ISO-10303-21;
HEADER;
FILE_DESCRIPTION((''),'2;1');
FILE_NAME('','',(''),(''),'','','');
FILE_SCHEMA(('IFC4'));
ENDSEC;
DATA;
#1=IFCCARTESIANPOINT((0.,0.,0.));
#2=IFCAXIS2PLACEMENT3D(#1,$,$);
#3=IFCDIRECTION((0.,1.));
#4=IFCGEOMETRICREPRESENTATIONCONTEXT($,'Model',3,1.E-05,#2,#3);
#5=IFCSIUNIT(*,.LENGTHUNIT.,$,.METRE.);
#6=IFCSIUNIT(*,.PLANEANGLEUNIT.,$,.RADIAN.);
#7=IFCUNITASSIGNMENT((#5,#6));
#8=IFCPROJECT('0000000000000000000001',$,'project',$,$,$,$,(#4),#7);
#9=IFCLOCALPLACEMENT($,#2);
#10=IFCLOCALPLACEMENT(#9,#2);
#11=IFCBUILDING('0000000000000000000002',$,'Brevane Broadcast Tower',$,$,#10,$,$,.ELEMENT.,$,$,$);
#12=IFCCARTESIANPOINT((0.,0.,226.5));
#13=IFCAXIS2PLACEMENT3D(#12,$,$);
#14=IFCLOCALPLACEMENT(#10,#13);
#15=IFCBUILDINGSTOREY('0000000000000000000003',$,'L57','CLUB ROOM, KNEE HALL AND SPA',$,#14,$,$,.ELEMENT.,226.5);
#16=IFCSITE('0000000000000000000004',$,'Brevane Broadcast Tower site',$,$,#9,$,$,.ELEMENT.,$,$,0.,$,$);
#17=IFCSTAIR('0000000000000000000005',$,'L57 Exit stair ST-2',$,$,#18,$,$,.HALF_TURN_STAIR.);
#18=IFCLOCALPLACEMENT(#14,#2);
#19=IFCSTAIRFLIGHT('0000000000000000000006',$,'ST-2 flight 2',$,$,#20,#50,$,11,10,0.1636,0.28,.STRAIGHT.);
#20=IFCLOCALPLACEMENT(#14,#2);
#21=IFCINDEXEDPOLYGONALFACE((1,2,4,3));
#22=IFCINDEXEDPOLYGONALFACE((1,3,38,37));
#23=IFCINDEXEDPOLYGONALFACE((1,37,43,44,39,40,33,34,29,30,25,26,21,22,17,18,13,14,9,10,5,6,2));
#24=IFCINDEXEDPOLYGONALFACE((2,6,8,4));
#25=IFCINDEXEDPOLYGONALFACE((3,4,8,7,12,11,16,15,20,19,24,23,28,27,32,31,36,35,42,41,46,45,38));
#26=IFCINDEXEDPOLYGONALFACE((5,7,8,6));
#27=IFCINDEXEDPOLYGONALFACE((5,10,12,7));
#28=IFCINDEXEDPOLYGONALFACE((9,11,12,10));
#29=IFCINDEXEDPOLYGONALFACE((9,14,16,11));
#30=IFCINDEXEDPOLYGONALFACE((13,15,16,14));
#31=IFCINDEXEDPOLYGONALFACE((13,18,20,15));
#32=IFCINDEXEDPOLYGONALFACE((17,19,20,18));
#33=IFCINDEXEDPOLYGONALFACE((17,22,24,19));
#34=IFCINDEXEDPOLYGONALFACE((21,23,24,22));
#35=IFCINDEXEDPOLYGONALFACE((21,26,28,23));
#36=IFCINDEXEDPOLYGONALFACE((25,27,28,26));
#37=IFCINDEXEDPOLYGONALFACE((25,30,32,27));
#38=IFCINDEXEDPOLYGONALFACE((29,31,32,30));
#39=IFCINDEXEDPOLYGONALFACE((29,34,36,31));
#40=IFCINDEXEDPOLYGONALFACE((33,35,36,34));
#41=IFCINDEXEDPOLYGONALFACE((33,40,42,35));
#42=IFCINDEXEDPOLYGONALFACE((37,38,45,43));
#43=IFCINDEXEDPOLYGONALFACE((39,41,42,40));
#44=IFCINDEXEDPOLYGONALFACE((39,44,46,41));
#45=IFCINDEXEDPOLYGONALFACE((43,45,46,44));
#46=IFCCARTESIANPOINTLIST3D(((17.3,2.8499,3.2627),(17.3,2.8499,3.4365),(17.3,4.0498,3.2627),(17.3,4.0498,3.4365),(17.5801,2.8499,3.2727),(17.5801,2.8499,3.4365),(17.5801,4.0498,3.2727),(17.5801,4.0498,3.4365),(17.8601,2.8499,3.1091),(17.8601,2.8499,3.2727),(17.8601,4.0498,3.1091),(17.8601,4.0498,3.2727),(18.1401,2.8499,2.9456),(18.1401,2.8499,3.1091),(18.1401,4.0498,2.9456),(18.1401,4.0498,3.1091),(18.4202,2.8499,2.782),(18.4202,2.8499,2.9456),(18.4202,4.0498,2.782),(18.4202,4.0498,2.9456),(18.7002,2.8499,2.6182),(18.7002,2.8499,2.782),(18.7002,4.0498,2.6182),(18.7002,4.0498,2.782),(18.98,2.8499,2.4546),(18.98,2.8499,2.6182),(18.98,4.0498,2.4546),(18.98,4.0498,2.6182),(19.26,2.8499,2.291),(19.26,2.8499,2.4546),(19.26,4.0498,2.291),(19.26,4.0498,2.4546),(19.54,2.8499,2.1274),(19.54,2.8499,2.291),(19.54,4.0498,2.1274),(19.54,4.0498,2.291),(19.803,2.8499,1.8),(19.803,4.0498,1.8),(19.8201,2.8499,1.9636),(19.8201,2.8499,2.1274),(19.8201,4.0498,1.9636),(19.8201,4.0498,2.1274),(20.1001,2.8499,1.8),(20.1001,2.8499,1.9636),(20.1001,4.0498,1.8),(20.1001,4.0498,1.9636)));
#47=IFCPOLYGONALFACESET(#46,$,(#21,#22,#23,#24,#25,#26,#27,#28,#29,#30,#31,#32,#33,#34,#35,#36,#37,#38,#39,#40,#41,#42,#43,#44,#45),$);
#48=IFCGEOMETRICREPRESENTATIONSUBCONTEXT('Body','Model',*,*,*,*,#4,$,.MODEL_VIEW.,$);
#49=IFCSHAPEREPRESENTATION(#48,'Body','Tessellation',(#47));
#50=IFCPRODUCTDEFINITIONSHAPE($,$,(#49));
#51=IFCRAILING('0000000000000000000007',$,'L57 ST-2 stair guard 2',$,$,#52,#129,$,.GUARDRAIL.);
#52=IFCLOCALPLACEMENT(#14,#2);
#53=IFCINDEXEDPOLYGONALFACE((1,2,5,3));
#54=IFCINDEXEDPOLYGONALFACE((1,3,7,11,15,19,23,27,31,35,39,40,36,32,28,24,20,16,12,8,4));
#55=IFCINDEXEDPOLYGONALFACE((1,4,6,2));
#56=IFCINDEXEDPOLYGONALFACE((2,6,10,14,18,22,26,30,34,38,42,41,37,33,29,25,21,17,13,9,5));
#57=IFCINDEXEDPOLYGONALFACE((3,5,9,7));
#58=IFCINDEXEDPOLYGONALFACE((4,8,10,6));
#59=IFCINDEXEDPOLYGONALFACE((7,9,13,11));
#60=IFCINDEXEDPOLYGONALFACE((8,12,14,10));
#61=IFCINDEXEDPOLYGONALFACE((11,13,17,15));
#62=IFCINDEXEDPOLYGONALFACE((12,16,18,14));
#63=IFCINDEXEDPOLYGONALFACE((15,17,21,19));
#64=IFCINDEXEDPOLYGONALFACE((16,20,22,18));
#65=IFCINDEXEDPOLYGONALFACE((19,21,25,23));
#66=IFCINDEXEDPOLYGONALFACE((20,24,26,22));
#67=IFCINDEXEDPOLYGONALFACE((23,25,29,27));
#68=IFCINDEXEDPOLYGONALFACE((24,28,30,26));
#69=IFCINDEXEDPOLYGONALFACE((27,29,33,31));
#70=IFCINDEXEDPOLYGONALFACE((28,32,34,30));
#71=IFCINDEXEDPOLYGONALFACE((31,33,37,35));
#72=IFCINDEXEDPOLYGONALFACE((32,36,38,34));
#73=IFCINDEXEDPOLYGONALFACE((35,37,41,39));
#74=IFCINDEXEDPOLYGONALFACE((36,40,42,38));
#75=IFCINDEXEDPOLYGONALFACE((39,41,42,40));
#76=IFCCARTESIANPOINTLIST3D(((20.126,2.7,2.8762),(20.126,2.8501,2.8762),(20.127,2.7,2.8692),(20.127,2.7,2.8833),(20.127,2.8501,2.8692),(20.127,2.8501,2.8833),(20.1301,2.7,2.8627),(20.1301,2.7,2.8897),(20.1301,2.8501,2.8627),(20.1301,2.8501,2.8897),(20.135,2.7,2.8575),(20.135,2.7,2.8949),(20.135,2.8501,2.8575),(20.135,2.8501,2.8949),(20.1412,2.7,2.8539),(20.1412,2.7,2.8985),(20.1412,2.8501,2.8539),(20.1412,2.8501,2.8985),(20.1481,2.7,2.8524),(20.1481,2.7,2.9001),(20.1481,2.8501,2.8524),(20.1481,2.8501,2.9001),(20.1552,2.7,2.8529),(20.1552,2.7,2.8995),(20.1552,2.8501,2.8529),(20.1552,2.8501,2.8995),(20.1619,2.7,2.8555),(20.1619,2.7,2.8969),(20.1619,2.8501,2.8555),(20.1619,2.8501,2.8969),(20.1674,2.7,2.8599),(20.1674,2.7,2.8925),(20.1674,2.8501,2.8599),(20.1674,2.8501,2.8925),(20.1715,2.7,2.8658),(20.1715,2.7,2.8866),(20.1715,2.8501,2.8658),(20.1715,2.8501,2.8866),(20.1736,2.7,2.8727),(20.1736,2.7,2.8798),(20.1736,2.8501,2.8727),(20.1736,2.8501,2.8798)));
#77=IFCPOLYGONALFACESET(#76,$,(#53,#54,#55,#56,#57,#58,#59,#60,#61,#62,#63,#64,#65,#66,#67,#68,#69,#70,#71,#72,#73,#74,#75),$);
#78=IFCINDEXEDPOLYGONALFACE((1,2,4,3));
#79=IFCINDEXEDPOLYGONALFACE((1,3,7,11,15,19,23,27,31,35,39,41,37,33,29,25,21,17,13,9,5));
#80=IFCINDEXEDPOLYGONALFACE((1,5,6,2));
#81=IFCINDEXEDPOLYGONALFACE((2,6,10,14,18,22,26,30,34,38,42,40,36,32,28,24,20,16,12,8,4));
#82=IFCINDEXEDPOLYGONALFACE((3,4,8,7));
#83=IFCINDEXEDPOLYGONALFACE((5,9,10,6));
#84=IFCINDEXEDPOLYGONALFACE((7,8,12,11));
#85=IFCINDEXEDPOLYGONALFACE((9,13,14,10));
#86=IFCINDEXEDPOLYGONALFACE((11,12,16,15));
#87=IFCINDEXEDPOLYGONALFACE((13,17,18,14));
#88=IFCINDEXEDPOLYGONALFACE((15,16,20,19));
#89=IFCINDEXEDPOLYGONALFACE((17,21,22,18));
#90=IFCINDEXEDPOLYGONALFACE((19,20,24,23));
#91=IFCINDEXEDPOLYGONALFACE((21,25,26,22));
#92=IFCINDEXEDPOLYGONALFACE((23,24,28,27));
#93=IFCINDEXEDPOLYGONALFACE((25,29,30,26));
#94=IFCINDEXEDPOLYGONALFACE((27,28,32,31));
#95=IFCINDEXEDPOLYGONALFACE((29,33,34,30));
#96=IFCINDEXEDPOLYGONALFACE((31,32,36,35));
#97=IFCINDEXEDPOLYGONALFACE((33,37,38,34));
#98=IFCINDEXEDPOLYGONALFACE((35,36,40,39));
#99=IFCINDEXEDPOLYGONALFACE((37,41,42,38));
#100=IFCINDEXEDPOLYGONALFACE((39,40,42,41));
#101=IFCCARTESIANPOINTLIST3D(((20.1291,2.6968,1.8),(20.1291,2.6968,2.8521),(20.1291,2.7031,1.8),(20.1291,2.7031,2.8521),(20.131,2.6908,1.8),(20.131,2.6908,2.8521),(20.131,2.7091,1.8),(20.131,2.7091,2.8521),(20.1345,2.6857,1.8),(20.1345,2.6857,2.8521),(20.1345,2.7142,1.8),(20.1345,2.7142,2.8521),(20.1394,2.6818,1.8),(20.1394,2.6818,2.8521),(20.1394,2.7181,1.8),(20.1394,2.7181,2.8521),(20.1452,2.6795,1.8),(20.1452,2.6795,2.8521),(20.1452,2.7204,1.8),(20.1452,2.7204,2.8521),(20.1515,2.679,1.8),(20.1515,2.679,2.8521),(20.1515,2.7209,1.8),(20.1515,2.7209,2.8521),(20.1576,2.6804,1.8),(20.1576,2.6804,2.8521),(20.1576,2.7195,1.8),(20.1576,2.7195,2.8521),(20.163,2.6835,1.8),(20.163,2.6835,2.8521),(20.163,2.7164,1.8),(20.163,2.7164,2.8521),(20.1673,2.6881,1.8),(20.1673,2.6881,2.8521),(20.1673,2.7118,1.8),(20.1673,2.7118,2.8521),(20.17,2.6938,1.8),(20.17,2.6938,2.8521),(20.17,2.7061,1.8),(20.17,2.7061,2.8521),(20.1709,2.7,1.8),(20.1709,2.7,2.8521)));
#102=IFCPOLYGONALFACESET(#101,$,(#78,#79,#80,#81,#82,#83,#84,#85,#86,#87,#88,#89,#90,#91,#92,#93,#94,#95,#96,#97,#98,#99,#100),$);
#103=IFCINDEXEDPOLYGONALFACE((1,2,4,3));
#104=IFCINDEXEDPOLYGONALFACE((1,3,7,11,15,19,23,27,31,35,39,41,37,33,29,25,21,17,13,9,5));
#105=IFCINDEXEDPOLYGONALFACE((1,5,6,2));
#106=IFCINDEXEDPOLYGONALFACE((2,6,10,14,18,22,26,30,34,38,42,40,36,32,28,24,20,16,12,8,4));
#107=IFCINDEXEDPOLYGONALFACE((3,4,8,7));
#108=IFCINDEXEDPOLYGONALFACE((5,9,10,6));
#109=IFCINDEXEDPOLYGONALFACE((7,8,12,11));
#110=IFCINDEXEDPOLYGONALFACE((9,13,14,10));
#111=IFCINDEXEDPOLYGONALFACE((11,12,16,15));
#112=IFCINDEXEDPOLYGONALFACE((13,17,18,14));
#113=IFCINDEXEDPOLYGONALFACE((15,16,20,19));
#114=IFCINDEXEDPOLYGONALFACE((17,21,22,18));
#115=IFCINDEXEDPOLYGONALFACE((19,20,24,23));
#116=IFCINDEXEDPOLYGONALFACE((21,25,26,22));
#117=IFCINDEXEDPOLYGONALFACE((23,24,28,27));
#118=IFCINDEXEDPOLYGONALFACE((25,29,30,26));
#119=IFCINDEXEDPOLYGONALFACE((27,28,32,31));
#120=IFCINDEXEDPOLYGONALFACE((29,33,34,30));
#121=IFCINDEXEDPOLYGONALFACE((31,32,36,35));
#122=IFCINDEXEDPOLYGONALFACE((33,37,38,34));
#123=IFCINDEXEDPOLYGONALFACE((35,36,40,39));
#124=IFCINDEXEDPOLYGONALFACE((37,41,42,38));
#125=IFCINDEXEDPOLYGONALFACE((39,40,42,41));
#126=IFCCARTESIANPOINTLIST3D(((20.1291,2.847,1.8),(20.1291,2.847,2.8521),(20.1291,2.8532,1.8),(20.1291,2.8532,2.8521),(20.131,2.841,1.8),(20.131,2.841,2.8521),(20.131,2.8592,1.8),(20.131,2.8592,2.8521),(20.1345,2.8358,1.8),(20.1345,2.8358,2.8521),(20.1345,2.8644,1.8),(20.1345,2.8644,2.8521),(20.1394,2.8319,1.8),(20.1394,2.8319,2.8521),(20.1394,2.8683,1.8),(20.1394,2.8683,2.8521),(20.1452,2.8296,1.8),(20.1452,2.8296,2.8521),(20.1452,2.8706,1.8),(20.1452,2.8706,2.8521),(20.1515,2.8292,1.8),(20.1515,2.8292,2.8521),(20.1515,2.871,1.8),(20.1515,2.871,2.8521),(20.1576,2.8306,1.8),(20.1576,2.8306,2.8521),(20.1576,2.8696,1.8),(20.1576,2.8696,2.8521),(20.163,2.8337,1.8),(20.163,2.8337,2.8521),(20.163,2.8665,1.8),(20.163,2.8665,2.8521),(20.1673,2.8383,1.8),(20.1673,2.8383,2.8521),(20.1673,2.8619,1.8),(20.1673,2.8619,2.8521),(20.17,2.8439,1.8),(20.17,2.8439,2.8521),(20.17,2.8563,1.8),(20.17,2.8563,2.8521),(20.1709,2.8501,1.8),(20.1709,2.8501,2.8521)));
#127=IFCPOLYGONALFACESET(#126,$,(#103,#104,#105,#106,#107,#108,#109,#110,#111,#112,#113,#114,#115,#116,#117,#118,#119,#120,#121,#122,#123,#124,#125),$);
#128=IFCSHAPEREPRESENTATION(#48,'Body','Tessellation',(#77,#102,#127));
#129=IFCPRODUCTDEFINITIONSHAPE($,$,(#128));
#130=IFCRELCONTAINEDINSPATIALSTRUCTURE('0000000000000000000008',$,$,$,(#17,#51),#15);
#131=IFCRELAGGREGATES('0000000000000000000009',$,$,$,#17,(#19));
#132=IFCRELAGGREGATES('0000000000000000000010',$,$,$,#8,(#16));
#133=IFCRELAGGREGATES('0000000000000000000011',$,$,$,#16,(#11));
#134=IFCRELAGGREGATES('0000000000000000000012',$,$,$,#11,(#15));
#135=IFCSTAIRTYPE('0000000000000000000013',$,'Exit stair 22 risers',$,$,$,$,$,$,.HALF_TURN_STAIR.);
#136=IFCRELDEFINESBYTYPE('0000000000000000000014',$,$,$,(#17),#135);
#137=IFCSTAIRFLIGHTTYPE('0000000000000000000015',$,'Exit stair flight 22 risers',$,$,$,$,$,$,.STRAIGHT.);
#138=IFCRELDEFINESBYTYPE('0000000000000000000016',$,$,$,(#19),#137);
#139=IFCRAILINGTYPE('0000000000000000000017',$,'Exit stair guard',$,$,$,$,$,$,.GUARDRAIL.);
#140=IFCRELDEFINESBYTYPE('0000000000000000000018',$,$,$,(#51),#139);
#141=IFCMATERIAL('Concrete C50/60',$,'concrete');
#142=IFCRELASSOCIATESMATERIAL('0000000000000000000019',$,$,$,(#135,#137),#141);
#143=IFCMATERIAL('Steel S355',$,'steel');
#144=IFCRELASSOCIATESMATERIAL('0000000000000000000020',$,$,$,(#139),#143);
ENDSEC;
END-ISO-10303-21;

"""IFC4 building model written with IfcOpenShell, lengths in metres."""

from ifc_helpers import new_model, si_unit, direction, frame, origin, origin_2d, place, context, subcontext, project, spatial, polyline, circle, outline, extrude, material, type_object, element, aggregate, save


model = new_model("IFC4")

# Units and contexts
model_context = context("Model", 3, precision=1e-05, world=origin(), true_north=direction((0.0, 1.0)))
body_context = subcontext(model_context, "Body", "Model", "MODEL_VIEW")
ifc_project = project(units=[si_unit("LENGTHUNIT", "METRE"), si_unit("PLANEANGLEUNIT", "RADIAN")], contexts=[model_context])

# Site, building, storey
site_placement = place(None, origin())
site = spatial("IfcSite", under=ifc_project, at=site_placement, Name="Brevane Broadcast Tower site", CompositionType="ELEMENT", RefElevation=0.0)
building_placement = place(site_placement, origin())
building = spatial("IfcBuilding", under=site, at=building_placement, Name="Brevane Broadcast Tower", CompositionType="ELEMENT")
storey_placement = place(building_placement, frame((0.0, 0.0, 226.5)))
storey = spatial("IfcBuildingStorey", under=building, at=storey_placement, Name="L57", Description="CLUB ROOM, KNEE HALL AND SPA", CompositionType="ELEMENT", Elevation=226.5)

# Shared definitions
ifc_material_1 = material(Name="Concrete C50/60", Category="concrete")

# Stair, stair flight
stair_type = type_object("IfcStairType", Name="Exit stair 22 risers", PredefinedType="HALF_TURN_STAIR", material=ifc_material_1)
stair_placement = place(storey_placement, origin())
stair = element("IfcStair", 1, at=stair_placement, inside=storey, type_object=stair_type, Name="L57 Exit stair ST-2", PredefinedType="HALF_TURN_STAIR")
stair_flight_type = type_object("IfcStairFlightType", Name="Exit stair flight 22 risers", PredefinedType="STRAIGHT", material=ifc_material_1)
stair_flight_placement = place(storey_placement, frame((20.1001, 3.45, 1.8), z_axis=(0.0, 0.0, 1.0), x_axis=(-1.0, 0.0, 0.0)))
stair_flight = element("IfcStairFlight", 2, at=stair_flight_placement, type_object=stair_flight_type, Name="ST-2 flight 2", NumberOfRisers=11, NumberOfTreads=10, PredefinedType="STRAIGHT", RiserHeight=0.1636, TreadLength=0.28, context=body_context, shape_type="SweptSolid", body=[
    extrude(outline(polyline([(0.0, 0.0), (0.0, 0.1636), (0.28, 0.1636), (0.28, 0.3274), (0.5601, 0.3274), (0.5601, 0.491), (0.8401, 0.491), (0.8401, 0.6545), (1.1201, 0.6545), (1.1201, 0.8181), (1.3999, 0.8181), (1.3999, 0.9819), (1.6799, 0.9819), (1.6799, 1.1455), (1.96, 1.1455), (1.96, 1.3091), (2.24, 1.3091), (2.24, 1.4727), (2.52, 1.4727), (2.52, 1.6365), (2.8, 1.6365), (2.8, 1.8), (2.8, 1.4626), (0.2971, 0.0), (0.0, 0.0)])), frame((0.0, 0.6001, 0.0), z_axis=(0.0, -1.0, 0.0), x_axis=(1.0, 0.0, 0.0)), (0.0, 0.0, 1.0), 1.2),
])
aggregate(stair, [stair_flight])

# Railing
ifc_material_2 = material(Name="Steel S355", Category="steel")
railing_type_1 = type_object("IfcRailingType", Name="Exit stair guard", PredefinedType="GUARDRAIL", material=ifc_material_2)
railing_1_placement = place(storey_placement, frame((20.1499, 2.7, 1.8)))
element("IfcRailing", 3, at=railing_1_placement, inside=storey, type_object=railing_type_1, Name="L57 ST-2 stair guard 2", PredefinedType="GUARDRAIL", context=body_context, shape_type="SweptSolid", body=[
    extrude(circle(Radius=0.0239, at=origin_2d()), frame((0.0, 0.0, 1.0762), z_axis=(0.0, 1.0, 0.0), x_axis=(-1.0, 0.0, 0.0)), (0.0, 0.0, 1.0), 0.1501),
    extrude(circle(Radius=0.021, at=origin_2d()), origin(), (0.0, 0.0, 1.0), 1.052),
    extrude(circle(Radius=0.021, at=origin_2d()), frame((0.0, 0.1501, 0.0)), (0.0, 0.0, 1.0), 1.052),
])

save(model, "model.ifc")
